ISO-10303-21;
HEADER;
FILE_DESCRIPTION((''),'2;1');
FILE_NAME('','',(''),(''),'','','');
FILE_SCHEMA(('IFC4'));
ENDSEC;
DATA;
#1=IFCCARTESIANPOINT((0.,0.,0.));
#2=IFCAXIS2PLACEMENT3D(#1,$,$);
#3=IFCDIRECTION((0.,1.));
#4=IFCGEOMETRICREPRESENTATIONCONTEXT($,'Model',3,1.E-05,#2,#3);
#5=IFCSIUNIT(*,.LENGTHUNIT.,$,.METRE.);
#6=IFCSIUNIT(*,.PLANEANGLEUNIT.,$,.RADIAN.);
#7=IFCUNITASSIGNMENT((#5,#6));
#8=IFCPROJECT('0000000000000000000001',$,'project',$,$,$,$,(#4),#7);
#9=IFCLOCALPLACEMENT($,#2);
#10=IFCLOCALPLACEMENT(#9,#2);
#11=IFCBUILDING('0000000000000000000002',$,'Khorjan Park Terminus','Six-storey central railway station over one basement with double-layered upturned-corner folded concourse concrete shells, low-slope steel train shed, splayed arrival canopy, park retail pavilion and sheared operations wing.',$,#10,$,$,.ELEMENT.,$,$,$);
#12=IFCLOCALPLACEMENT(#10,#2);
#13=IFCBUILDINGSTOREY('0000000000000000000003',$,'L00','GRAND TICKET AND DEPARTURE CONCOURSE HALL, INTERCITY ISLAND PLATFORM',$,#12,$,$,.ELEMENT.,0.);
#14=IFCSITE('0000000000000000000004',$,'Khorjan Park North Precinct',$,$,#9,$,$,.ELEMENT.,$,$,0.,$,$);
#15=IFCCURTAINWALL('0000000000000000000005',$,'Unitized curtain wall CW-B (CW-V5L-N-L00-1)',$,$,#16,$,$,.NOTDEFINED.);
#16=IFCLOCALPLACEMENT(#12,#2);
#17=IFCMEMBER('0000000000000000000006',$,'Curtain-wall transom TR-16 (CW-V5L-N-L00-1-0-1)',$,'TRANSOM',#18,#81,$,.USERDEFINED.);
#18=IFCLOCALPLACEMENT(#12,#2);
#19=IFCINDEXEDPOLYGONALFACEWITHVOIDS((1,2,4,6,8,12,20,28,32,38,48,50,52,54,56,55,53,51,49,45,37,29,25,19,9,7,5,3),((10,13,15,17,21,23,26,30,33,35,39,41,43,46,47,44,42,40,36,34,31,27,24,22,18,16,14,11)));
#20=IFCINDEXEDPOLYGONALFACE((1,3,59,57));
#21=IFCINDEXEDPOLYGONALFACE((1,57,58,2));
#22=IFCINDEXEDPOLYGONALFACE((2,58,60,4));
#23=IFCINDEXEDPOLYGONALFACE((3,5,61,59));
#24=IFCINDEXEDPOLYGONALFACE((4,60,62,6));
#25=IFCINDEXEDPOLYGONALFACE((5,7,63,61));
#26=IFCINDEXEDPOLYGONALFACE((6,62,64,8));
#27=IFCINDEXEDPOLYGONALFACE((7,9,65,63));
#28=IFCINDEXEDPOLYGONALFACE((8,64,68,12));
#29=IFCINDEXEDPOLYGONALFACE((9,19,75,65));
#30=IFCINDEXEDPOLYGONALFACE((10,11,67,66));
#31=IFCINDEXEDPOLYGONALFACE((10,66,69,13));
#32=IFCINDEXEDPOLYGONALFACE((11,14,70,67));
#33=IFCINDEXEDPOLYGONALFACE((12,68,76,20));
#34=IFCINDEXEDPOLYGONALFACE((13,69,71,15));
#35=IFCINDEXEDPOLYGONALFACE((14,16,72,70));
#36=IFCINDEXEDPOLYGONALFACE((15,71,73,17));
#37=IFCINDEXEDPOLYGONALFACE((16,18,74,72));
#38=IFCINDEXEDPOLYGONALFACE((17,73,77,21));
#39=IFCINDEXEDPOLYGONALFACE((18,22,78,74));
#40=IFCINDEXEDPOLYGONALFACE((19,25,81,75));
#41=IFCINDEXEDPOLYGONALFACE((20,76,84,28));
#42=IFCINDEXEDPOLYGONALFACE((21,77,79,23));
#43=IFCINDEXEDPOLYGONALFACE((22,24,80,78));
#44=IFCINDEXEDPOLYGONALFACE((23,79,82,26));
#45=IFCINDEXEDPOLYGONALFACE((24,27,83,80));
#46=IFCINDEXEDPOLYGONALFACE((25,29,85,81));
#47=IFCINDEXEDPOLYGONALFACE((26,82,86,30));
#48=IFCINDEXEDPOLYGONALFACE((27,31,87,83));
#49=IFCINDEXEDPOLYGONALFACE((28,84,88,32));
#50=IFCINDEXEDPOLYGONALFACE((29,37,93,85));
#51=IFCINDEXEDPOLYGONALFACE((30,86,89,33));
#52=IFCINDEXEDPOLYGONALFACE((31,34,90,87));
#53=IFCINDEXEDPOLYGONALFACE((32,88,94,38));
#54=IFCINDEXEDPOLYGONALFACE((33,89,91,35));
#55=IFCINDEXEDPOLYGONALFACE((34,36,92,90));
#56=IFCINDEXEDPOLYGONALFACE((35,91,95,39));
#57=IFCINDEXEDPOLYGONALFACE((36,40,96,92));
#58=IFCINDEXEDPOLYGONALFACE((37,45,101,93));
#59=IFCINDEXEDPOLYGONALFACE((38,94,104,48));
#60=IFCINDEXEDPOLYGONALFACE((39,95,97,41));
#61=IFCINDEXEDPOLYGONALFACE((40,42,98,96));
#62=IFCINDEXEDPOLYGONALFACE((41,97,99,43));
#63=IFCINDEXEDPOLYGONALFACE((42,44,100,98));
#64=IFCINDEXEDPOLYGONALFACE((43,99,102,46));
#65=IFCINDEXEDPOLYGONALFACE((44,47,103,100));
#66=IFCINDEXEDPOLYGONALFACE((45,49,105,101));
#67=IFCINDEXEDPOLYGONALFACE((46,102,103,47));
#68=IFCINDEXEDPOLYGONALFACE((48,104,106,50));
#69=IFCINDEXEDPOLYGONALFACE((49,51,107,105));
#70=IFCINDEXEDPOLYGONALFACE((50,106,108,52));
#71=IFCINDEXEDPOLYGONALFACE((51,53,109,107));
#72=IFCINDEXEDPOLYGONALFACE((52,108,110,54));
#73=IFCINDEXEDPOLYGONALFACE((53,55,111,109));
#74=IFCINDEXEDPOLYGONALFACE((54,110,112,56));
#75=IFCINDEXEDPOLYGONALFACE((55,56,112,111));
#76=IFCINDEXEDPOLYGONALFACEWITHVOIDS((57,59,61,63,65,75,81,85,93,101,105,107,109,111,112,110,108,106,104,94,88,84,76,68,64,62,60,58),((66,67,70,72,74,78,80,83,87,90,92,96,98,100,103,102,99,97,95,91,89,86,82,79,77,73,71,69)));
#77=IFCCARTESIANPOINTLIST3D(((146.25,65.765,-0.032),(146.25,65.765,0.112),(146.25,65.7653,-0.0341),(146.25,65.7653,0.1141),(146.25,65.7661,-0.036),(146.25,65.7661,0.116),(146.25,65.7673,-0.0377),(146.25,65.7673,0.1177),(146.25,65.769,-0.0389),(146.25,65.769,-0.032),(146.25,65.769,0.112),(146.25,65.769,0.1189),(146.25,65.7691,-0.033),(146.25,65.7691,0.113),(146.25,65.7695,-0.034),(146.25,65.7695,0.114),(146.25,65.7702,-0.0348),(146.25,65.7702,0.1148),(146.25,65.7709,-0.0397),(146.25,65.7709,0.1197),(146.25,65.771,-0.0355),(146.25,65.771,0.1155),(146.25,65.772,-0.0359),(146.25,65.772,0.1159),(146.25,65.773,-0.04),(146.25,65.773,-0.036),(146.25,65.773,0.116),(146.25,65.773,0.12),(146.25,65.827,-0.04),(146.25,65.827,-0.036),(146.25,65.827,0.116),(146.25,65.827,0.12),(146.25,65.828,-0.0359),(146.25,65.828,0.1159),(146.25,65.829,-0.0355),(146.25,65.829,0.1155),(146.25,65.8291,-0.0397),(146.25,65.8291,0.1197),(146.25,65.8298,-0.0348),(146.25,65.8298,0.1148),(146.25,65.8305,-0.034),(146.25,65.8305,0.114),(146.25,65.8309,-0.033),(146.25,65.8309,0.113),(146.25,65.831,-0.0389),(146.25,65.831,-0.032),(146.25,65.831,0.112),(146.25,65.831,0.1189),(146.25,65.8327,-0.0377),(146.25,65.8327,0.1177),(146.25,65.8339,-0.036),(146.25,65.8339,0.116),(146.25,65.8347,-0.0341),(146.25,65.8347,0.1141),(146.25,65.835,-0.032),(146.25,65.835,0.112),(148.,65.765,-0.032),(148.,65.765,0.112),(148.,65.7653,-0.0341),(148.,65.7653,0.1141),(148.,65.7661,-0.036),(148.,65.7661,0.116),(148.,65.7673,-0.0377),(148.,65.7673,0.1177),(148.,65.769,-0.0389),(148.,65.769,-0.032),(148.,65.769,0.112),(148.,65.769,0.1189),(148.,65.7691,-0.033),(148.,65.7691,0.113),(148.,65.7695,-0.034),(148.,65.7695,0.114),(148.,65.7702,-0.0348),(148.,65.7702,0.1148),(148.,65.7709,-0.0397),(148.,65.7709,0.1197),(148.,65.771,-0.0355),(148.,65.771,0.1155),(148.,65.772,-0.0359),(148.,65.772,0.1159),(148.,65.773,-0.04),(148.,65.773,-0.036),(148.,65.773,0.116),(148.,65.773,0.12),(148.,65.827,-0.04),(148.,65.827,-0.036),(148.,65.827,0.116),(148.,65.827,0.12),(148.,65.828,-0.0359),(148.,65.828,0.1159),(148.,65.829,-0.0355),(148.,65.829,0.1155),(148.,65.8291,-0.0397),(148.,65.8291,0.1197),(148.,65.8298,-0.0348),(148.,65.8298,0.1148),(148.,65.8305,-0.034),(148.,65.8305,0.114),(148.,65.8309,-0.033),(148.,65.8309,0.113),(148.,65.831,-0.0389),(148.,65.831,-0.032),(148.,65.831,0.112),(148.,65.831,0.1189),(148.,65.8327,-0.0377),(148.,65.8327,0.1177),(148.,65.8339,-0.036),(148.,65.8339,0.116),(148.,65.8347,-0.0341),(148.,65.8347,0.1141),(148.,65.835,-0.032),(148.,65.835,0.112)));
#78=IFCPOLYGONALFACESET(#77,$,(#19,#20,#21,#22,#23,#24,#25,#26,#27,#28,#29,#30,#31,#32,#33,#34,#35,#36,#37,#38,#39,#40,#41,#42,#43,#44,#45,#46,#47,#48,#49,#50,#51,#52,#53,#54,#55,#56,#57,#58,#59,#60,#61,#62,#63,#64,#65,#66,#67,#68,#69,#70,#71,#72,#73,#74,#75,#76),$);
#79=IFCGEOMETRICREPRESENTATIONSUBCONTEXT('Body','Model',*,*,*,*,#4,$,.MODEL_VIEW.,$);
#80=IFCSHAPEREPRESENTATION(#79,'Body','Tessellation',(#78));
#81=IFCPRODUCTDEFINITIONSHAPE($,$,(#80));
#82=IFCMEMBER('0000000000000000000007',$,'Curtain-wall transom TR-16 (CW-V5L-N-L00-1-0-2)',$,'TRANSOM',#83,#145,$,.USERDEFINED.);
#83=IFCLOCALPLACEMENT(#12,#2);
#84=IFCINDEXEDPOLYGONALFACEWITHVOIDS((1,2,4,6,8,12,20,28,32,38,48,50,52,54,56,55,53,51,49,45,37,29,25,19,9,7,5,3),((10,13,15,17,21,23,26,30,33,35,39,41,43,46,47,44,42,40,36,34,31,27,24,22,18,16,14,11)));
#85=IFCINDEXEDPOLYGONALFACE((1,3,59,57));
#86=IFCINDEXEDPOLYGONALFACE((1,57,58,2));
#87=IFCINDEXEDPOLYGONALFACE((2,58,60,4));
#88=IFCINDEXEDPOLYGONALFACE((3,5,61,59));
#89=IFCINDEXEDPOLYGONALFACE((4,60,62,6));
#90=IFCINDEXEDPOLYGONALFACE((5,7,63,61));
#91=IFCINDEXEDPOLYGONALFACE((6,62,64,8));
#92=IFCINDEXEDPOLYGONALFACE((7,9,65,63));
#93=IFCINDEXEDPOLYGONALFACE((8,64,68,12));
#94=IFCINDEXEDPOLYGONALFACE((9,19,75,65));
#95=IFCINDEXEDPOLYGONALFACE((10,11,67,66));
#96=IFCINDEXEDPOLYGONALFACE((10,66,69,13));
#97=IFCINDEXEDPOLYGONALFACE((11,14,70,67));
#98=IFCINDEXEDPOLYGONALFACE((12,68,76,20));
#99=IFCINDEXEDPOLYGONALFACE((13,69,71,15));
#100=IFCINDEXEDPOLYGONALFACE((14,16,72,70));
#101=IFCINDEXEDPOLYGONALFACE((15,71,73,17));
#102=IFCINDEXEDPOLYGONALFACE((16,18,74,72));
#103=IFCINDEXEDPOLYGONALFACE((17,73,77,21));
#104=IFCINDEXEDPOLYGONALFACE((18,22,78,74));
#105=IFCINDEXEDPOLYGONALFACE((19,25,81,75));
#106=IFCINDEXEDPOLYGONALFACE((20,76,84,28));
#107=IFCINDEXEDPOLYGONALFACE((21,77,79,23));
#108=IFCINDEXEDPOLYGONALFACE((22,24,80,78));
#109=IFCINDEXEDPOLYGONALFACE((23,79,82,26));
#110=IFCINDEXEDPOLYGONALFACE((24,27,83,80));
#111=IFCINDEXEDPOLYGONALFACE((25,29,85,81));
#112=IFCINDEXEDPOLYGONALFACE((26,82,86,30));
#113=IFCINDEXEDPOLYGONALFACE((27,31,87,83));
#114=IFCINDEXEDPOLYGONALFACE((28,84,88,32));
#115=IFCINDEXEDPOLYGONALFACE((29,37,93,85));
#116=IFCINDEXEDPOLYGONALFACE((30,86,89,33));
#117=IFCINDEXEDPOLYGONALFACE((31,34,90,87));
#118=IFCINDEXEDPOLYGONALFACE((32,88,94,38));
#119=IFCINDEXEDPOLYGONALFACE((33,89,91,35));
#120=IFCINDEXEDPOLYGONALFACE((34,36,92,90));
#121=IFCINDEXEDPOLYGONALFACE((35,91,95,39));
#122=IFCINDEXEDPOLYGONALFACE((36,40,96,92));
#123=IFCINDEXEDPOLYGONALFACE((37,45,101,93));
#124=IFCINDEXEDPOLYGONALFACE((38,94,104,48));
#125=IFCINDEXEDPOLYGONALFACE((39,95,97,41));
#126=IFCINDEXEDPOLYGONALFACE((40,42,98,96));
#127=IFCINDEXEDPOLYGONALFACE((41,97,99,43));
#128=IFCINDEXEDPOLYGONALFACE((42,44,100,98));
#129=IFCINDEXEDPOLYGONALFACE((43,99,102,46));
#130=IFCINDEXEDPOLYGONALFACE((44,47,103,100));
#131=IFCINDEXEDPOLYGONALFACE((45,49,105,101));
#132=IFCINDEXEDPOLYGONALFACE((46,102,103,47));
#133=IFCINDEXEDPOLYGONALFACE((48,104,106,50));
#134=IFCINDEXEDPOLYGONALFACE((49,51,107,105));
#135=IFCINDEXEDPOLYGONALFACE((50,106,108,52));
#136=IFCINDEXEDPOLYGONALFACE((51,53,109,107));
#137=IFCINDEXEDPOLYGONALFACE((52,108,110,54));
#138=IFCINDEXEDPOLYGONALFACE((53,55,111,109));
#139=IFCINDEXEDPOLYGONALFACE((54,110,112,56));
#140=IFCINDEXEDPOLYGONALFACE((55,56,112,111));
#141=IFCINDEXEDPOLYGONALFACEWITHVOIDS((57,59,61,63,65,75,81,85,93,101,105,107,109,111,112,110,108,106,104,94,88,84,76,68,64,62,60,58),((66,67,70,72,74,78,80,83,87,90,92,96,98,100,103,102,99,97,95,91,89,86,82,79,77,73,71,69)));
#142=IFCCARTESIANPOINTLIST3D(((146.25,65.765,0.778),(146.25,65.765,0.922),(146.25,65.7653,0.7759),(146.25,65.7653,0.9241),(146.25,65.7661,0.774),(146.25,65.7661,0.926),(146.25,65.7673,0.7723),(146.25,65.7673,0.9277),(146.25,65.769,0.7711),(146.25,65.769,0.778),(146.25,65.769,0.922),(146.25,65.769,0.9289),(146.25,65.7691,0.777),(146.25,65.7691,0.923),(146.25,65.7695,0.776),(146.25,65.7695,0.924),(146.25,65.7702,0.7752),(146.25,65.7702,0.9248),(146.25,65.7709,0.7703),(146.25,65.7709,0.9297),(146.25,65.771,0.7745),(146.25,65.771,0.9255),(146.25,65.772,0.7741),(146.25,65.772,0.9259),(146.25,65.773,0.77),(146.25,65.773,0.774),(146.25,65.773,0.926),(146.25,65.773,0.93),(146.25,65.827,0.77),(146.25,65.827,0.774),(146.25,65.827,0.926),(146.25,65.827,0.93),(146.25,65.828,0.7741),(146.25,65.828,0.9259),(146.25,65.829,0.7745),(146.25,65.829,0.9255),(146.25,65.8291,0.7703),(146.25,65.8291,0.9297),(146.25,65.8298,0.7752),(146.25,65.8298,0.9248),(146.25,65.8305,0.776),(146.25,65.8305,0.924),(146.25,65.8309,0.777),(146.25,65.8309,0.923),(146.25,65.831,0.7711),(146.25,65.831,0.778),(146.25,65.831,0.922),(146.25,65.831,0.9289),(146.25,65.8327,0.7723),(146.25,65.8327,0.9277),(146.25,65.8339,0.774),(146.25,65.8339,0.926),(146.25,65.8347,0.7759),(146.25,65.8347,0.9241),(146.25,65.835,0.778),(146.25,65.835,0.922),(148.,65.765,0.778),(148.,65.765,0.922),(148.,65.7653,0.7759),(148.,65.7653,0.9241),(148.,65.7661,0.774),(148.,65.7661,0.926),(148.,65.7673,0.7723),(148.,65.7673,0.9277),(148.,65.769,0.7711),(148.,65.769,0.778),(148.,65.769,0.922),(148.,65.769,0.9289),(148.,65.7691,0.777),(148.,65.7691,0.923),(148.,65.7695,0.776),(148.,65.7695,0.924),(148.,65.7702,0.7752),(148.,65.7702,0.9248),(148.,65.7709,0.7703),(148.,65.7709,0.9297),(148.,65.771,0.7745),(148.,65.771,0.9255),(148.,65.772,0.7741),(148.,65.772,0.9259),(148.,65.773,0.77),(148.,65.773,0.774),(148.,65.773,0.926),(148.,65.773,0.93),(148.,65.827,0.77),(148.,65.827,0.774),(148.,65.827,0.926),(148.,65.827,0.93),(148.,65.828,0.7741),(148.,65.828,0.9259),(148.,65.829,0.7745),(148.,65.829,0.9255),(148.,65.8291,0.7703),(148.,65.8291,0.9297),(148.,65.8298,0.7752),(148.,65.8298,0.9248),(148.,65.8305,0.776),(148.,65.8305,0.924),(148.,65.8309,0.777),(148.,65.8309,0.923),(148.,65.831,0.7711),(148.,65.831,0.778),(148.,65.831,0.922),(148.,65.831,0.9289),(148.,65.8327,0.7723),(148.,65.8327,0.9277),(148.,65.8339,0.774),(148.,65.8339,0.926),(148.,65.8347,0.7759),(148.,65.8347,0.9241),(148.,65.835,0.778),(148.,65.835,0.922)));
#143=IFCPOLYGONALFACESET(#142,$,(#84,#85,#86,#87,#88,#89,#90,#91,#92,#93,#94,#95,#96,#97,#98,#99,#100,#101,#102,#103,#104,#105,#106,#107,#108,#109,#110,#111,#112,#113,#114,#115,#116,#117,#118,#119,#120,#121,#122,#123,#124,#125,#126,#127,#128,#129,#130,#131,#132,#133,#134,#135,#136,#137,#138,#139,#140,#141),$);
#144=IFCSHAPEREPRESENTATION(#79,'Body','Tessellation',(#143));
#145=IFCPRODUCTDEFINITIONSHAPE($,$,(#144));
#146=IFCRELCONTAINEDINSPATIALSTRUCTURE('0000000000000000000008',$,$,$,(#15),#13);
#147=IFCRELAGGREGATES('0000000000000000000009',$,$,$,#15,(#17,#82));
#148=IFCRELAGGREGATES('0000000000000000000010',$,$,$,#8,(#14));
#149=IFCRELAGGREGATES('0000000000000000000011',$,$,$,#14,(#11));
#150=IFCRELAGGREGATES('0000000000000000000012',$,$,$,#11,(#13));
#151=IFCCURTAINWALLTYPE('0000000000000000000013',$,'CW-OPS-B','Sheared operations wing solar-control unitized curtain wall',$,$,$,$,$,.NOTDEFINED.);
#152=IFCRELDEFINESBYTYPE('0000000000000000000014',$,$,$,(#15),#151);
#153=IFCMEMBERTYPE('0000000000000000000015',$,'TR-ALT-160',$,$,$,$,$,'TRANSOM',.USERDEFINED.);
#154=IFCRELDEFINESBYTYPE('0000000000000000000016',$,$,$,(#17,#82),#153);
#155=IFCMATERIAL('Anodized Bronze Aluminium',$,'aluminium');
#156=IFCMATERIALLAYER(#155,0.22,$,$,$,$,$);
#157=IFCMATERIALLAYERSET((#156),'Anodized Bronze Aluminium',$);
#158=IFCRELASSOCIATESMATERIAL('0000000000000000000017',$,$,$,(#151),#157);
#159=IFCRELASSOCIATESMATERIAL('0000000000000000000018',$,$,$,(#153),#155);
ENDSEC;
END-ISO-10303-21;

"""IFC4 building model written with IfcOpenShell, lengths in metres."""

from ifc_helpers import new_model, si_unit, direction, frame, origin, origin_2d, place, context, subcontext, project, spatial, hollow_rectangle, extrude, material, layer, layer_set, material_profile, profile_set, type_object, element, aggregate, save


model = new_model("IFC4")

# Units and contexts
model_context = context("Model", 3, precision=1e-05, world=origin(), true_north=direction((0.0, 1.0)))
body_context = subcontext(model_context, "Body", "Model", "MODEL_VIEW")
ifc_project = project(units=[si_unit("LENGTHUNIT", "METRE"), si_unit("PLANEANGLEUNIT", "RADIAN")], contexts=[model_context])

# Site, building, storey
site_placement = place(None, origin())
site = spatial("IfcSite", under=ifc_project, at=site_placement, Name="Khorjan Park North Precinct", CompositionType="ELEMENT", RefElevation=0.0)
building_placement = place(site_placement, origin())
building = spatial("IfcBuilding", under=site, at=building_placement, Name="Khorjan Park Terminus", Description="Six-storey central railway station over one basement with double-layered upturned-corner folded concourse concrete shells, low-slope steel train shed, splayed arrival canopy, park retail pavilion and sheared operations wing.", CompositionType="ELEMENT")
storey_placement = place(building_placement, origin())
storey = spatial("IfcBuildingStorey", under=building, at=storey_placement, Name="L00", Description="GRAND TICKET AND DEPARTURE CONCOURSE HALL, INTERCITY ISLAND PLATFORM", CompositionType="ELEMENT", Elevation=0.0)

# Curtain wall, members
ifc_material_1 = material(Name="Anodized Bronze Aluminium", Category="aluminium")
ifc_layer_1 = layer(ifc_material_1, 0.22)
ifc_layer_set_1 = layer_set([ifc_layer_1], Name="Anodized Bronze Aluminium")
curtain_wall_type = type_object("IfcCurtainWallType", Name="CW-OPS-B", Description="Sheared operations wing solar-control unitized curtain wall", PredefinedType="NOTDEFINED", material=ifc_layer_set_1)
curtain_wall_placement = place(storey_placement, origin())
curtain_wall = element("IfcCurtainWall", 1, at=curtain_wall_placement, inside=storey, type_object=curtain_wall_type, Name="Unitized curtain wall CW-B (CW-V5L-N-L00-1)", PredefinedType="NOTDEFINED")
ifc_material_profile_1 = material_profile(ifc_material_1, hollow_rectangle(XDim=0.07, YDim=0.16, WallThickness=0.004, InnerFilletRadius=0.004, OuterFilletRadius=0.008, at=origin_2d()), Name="ALT 70x160x4")
ifc_profile_set_1 = profile_set([ifc_material_profile_1], Name="Anodized Bronze Aluminium")
member_type = type_object("IfcMemberType", Name="TR-ALT-160", ElementType="TRANSOM", PredefinedType="USERDEFINED", material=ifc_profile_set_1)
member_1_placement = place(storey_placement, frame((148.0, 65.8, 0.04), z_axis=(-1.0, 0.0, 0.0), x_axis=(0.0, -1.0, 0.0)))
member_1 = element("IfcMember", 2, at=member_1_placement, type_object=member_type, Name="Curtain-wall transom TR-16 (CW-V5L-N-L00-1-0-1)", ObjectType="TRANSOM", PredefinedType="USERDEFINED", context=body_context, shape_type="SweptSolid", body=[
    extrude(hollow_rectangle(XDim=0.07, YDim=0.16, WallThickness=0.004, InnerFilletRadius=0.004, OuterFilletRadius=0.008, at=origin_2d()), origin(), (0.0, 0.0, 1.0), 1.75),
])
member_2_placement = place(storey_placement, frame((148.0, 65.8, 0.85), z_axis=(-1.0, 0.0, 0.0), x_axis=(0.0, -1.0, 0.0)))
member_2 = element("IfcMember", 3, at=member_2_placement, type_object=member_type, Name="Curtain-wall transom TR-16 (CW-V5L-N-L00-1-0-2)", ObjectType="TRANSOM", PredefinedType="USERDEFINED", context=body_context, shape_type="SweptSolid", body=[
    extrude(hollow_rectangle(XDim=0.07, YDim=0.16, WallThickness=0.004, InnerFilletRadius=0.004, OuterFilletRadius=0.008, at=origin_2d()), origin(), (0.0, 0.0, 1.0), 1.75),
])
aggregate(curtain_wall, [member_1, member_2])

save(model, "model.ifc")
